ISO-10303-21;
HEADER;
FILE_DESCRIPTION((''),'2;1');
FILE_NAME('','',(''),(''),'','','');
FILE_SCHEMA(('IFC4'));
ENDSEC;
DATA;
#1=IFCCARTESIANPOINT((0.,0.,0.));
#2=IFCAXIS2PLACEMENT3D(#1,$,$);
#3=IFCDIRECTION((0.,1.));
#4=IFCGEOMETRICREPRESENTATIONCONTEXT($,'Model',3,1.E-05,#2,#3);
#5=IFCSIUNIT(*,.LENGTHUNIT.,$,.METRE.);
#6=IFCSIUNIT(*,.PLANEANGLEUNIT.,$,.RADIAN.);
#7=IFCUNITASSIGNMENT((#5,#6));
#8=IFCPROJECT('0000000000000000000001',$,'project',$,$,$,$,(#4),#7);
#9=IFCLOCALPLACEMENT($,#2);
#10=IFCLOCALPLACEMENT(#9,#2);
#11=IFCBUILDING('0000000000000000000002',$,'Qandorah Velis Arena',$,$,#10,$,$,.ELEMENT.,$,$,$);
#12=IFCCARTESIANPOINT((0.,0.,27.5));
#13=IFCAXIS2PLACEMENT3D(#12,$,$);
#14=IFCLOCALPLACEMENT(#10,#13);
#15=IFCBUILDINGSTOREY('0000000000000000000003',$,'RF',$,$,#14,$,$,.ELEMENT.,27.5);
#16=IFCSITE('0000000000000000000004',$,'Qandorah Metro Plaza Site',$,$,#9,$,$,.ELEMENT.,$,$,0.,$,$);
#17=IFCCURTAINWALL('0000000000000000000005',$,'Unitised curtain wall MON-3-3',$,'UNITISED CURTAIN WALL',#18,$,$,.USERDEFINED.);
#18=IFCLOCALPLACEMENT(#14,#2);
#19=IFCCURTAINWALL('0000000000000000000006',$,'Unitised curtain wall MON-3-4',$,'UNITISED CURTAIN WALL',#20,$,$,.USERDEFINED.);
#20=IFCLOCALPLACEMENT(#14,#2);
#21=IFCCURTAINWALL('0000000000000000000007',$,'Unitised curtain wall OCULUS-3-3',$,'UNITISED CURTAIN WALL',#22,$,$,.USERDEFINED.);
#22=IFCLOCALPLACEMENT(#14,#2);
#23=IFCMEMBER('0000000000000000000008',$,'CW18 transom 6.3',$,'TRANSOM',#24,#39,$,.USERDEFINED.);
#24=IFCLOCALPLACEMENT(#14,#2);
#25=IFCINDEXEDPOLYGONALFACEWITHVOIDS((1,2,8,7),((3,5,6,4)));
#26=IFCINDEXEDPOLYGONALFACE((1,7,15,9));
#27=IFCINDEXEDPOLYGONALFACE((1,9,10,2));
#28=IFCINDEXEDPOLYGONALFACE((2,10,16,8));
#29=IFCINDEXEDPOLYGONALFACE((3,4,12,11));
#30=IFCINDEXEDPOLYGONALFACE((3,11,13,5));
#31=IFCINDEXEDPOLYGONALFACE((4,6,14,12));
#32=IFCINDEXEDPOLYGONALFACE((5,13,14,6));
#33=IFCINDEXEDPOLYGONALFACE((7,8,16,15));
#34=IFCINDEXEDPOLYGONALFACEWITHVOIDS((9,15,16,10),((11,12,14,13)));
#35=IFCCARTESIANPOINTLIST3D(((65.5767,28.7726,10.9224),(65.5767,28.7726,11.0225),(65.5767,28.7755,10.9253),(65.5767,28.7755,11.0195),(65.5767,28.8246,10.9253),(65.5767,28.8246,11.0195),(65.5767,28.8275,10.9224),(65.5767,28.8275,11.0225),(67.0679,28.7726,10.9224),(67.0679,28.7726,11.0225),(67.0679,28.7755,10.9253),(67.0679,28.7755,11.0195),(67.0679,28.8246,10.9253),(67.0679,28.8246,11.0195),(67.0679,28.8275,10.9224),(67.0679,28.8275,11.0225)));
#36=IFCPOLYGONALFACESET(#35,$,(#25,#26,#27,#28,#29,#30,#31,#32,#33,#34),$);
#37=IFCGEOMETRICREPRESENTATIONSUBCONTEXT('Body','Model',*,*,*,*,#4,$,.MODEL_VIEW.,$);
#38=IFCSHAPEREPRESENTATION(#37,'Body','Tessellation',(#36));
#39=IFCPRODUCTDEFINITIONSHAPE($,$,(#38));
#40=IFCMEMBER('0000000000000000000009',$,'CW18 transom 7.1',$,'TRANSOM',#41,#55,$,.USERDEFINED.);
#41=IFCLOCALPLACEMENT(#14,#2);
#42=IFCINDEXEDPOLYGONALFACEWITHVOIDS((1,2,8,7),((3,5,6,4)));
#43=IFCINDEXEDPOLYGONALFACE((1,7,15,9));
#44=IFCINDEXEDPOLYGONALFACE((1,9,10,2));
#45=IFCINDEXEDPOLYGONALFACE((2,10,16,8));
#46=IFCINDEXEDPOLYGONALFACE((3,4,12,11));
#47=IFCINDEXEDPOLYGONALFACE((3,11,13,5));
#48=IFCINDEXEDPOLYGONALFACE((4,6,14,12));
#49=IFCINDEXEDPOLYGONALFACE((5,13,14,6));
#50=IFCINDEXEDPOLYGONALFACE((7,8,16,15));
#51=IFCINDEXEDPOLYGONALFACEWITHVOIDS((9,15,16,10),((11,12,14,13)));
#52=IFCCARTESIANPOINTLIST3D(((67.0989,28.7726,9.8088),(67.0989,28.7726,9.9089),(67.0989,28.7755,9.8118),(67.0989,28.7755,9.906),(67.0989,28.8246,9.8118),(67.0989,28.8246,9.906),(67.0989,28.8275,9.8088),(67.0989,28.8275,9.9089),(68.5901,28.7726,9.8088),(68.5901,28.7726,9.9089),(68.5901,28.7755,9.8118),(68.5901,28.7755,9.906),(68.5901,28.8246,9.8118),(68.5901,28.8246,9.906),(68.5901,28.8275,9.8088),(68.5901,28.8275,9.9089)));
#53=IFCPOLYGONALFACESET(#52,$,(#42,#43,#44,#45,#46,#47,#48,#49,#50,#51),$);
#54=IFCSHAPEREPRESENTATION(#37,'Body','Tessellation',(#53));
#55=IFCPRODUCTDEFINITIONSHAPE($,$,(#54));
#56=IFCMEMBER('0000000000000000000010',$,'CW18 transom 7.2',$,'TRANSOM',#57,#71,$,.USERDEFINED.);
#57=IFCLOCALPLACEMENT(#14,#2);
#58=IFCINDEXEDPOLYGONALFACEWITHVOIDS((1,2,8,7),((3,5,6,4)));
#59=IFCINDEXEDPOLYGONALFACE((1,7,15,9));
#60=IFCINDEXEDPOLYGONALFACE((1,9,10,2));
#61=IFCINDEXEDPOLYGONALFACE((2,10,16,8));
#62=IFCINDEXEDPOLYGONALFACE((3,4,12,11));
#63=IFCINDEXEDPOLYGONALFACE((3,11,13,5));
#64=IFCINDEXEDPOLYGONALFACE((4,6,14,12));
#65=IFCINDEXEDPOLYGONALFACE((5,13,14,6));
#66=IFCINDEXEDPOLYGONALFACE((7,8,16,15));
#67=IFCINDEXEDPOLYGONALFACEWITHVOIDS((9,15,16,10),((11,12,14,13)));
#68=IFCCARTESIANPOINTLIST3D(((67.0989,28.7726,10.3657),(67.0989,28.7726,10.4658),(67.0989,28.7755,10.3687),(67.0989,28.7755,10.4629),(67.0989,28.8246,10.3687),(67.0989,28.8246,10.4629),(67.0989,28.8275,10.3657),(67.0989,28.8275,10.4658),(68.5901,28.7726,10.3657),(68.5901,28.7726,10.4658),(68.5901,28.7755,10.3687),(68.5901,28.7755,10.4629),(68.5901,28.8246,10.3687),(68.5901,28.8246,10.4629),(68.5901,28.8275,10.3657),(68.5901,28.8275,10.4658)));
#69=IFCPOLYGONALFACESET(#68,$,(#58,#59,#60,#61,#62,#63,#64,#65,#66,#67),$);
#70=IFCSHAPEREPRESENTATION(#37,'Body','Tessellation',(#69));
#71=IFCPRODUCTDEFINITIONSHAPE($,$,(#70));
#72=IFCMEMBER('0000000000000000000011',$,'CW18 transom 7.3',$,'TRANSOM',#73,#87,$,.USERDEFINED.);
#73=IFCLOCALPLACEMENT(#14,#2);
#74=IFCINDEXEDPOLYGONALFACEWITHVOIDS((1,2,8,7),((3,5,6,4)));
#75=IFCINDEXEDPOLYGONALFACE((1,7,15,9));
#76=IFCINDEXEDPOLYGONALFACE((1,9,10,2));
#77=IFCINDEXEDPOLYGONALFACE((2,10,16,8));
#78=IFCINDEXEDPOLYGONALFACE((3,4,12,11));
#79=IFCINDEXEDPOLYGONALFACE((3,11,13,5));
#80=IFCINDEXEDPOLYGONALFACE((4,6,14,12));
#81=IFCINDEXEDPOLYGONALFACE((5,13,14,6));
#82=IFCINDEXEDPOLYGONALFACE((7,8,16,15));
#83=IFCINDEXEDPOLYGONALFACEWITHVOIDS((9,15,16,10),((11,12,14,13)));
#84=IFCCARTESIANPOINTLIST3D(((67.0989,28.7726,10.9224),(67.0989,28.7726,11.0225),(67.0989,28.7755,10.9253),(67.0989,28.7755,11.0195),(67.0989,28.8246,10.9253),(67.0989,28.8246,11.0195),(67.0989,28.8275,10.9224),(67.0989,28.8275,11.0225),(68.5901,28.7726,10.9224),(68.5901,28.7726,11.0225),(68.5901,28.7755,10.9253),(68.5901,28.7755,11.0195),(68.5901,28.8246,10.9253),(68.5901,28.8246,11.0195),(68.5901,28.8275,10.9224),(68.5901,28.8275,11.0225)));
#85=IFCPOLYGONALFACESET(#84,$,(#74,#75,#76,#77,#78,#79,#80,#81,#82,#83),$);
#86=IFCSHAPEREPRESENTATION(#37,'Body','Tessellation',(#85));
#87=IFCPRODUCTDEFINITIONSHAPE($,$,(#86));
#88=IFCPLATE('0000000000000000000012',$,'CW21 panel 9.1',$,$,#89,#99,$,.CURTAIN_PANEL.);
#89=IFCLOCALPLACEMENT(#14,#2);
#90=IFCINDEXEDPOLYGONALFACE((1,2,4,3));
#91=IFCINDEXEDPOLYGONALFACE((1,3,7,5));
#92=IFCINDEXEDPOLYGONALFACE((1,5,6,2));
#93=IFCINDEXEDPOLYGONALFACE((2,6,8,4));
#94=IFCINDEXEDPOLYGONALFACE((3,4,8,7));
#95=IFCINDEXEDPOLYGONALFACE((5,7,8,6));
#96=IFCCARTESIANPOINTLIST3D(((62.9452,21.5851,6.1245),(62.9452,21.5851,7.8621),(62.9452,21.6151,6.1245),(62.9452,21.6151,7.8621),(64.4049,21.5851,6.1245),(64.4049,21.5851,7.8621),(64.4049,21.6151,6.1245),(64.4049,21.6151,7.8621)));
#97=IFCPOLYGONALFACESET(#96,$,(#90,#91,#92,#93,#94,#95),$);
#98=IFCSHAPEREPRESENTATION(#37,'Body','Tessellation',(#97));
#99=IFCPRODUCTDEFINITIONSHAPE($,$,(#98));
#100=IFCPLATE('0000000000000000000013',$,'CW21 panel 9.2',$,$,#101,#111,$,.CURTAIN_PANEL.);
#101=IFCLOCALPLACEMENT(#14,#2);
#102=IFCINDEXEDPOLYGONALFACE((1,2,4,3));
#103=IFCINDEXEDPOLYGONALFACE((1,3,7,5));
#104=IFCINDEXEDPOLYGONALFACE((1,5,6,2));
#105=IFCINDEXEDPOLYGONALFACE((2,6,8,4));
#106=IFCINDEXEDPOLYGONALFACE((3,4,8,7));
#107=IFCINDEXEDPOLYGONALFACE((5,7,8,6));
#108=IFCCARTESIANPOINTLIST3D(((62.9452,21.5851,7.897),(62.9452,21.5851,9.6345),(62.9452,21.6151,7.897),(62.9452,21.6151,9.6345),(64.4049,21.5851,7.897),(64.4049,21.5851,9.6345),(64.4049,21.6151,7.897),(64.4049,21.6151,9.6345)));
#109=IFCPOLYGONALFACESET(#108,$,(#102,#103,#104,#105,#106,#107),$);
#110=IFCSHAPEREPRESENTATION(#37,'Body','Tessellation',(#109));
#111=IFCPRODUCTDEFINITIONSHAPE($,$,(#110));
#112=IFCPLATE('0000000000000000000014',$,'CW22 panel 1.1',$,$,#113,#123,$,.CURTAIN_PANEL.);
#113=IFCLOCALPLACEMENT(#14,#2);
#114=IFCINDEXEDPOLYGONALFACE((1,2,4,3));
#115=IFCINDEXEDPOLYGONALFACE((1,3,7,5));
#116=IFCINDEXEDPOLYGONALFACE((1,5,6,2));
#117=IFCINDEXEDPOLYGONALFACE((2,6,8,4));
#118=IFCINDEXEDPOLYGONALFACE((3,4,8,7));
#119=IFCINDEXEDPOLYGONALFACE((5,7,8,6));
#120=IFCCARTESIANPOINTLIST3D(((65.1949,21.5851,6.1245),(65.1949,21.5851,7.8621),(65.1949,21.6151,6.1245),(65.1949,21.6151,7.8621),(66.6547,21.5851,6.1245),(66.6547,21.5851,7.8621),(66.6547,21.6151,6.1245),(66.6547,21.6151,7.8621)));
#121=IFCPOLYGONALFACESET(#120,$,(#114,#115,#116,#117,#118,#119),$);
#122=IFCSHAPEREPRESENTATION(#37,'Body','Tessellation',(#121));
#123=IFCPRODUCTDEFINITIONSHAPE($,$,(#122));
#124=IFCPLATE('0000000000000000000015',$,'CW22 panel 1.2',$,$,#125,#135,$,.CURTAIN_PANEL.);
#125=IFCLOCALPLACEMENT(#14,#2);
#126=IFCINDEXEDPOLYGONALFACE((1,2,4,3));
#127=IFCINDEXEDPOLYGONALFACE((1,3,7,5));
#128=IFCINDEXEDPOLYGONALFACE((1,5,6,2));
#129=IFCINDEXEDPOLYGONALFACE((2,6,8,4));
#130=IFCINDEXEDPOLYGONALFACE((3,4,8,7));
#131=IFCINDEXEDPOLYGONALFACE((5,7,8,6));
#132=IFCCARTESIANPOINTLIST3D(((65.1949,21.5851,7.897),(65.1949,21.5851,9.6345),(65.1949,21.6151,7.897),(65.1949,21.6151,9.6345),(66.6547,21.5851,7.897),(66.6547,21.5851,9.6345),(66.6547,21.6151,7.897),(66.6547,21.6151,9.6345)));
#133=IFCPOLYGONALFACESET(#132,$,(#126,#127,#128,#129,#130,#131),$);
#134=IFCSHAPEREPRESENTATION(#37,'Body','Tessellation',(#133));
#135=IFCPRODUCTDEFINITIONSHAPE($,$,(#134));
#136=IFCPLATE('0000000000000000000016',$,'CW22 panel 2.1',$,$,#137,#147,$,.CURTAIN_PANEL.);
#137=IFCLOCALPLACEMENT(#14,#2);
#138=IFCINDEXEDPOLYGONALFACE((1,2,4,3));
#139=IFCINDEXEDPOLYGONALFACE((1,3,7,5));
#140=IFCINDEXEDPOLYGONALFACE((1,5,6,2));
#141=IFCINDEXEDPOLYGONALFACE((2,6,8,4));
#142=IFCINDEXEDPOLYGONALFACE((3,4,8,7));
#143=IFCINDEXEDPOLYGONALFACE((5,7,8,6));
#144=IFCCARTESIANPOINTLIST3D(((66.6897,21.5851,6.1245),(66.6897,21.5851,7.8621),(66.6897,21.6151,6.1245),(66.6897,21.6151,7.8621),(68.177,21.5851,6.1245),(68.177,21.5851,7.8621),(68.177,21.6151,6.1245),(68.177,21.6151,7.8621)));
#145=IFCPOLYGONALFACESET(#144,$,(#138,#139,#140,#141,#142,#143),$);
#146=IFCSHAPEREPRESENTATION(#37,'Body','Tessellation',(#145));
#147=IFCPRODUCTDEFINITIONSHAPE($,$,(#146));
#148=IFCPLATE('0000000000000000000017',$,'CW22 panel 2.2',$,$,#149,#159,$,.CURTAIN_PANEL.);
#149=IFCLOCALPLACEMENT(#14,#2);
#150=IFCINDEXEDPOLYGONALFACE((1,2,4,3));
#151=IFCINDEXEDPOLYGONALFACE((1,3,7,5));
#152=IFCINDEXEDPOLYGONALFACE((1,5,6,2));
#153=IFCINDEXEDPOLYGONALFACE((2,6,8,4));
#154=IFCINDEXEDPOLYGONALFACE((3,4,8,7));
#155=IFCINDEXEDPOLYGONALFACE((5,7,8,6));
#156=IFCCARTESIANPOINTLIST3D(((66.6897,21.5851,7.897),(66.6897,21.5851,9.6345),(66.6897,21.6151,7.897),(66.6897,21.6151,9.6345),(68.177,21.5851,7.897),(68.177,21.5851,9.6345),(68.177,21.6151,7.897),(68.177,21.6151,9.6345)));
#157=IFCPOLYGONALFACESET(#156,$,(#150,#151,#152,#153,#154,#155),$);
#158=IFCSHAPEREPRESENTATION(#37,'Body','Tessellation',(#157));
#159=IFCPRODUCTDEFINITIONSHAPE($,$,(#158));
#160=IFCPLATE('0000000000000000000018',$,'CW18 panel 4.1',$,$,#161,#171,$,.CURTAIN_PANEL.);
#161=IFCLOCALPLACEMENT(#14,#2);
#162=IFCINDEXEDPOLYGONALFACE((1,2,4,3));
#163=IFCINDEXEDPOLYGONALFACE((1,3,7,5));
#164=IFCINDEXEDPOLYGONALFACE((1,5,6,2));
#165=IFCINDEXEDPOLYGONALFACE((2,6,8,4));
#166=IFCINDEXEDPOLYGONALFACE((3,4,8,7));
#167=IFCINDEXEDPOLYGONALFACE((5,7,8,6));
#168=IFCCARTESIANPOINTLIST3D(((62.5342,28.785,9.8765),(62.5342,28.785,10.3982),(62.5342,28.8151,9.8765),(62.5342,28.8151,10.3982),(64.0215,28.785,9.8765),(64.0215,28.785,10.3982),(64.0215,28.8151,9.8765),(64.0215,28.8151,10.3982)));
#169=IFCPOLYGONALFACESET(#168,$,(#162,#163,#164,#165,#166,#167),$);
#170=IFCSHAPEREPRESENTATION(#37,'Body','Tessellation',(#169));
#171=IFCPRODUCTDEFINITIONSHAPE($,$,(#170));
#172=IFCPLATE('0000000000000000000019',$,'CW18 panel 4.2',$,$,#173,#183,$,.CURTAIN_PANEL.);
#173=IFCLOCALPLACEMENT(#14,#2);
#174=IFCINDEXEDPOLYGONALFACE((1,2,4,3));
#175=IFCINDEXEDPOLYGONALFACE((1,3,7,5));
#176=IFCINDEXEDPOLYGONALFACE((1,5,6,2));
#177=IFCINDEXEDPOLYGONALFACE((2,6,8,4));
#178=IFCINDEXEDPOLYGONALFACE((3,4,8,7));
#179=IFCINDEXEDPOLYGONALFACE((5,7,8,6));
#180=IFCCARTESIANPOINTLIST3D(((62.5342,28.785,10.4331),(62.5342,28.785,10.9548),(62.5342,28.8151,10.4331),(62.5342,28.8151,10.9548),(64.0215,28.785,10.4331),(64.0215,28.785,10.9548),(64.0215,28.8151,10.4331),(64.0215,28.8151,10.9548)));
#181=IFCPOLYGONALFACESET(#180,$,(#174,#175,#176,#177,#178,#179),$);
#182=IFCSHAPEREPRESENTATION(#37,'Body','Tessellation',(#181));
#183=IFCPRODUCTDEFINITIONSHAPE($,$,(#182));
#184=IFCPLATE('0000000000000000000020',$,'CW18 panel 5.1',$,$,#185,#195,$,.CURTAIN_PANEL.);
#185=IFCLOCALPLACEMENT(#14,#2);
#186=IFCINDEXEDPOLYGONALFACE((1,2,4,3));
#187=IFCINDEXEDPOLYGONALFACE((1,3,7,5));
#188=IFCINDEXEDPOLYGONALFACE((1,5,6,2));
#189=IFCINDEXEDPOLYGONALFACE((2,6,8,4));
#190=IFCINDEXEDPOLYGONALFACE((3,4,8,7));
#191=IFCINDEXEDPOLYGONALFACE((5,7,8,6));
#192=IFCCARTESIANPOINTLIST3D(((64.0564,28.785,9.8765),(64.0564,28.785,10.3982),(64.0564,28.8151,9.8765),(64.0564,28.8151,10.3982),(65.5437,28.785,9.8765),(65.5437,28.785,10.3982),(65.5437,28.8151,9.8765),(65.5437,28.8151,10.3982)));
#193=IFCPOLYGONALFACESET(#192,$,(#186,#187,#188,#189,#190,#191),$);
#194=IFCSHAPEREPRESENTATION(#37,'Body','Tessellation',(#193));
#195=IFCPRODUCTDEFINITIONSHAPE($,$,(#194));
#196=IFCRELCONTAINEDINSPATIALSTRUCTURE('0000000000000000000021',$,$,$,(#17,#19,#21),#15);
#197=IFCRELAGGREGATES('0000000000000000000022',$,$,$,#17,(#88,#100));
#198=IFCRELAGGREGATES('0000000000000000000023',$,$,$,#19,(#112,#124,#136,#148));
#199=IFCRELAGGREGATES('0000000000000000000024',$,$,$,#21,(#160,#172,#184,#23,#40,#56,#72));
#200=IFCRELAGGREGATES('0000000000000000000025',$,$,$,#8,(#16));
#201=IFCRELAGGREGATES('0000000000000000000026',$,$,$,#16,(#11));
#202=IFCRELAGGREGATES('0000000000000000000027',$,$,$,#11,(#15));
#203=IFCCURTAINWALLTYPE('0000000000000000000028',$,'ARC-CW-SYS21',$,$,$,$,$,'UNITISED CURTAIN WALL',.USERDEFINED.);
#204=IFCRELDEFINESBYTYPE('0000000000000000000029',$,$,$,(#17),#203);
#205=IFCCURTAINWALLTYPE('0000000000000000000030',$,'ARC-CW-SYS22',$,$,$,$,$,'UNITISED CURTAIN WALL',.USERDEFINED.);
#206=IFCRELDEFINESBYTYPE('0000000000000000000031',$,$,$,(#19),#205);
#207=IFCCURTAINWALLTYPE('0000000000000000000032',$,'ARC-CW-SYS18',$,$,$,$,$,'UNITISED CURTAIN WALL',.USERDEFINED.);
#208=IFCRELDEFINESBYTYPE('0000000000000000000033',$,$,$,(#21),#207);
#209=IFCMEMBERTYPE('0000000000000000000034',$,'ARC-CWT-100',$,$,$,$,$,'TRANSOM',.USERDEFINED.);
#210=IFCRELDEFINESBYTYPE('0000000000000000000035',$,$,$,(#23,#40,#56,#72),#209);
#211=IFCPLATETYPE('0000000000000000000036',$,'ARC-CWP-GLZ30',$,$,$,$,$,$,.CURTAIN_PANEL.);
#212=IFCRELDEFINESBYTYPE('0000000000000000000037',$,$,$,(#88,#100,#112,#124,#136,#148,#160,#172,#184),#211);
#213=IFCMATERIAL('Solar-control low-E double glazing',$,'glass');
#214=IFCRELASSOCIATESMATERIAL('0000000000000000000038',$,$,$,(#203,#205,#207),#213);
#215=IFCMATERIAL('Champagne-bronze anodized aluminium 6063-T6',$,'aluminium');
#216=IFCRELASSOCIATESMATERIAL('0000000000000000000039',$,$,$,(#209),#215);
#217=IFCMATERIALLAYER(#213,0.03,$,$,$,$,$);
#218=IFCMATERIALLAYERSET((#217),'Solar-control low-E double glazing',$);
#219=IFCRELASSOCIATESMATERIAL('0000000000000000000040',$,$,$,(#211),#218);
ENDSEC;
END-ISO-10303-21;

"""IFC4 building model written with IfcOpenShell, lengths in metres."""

from ifc_helpers import new_model, si_unit, direction, frame, origin, origin_2d, place, context, subcontext, project, spatial, rectangle, hollow_rectangle, extrude, material, layer, layer_set, material_profile, profile_set, type_object, element, aggregate, save


model = new_model("IFC4")

# Units and contexts
model_context = context("Model", 3, precision=1e-05, world=origin(), true_north=direction((0.0, 1.0)))
body_context = subcontext(model_context, "Body", "Model", "MODEL_VIEW")
ifc_project = project(units=[si_unit("LENGTHUNIT", "METRE"), si_unit("PLANEANGLEUNIT", "RADIAN")], contexts=[model_context])

# Site, building, storey
site_placement = place(None, origin())
site = spatial("IfcSite", under=ifc_project, at=site_placement, Name="Qandorah Metro Plaza Site", CompositionType="ELEMENT", RefElevation=0.0)
building_placement = place(site_placement, origin())
building = spatial("IfcBuilding", under=site, at=building_placement, Name="Qandorah Velis Arena", CompositionType="ELEMENT")
storey_placement = place(building_placement, frame((0.0, 0.0, 27.5)))
storey = spatial("IfcBuildingStorey", under=building, at=storey_placement, Name="RF", CompositionType="ELEMENT", Elevation=27.5)

# Curtain wall
ifc_material_1 = material(Name="Solar-control low-E double glazing", Category="glass")
curtain_wall_type_1 = type_object("IfcCurtainWallType", Name="ARC-CW-SYS21", ElementType="UNITISED CURTAIN WALL", PredefinedType="USERDEFINED", material=ifc_material_1)
curtain_wall_1_placement = place(storey_placement, origin())
curtain_wall_1 = element("IfcCurtainWall", 1, at=curtain_wall_1_placement, inside=storey, type_object=curtain_wall_type_1, Name="Unitised curtain wall MON-3-3", ObjectType="UNITISED CURTAIN WALL", PredefinedType="USERDEFINED")
ifc_material_2 = material(Name="Champagne-bronze anodized aluminium 6063-T6", Category="aluminium")

# Curtain walls
curtain_wall_type_2 = type_object("IfcCurtainWallType", Name="ARC-CW-SYS22", ElementType="UNITISED CURTAIN WALL", PredefinedType="USERDEFINED", material=ifc_material_1)
curtain_wall_2_placement = place(storey_placement, origin())
curtain_wall_2 = element("IfcCurtainWall", 2, at=curtain_wall_2_placement, inside=storey, type_object=curtain_wall_type_2, Name="Unitised curtain wall MON-3-4", ObjectType="UNITISED CURTAIN WALL", PredefinedType="USERDEFINED")
curtain_wall_type_3 = type_object("IfcCurtainWallType", Name="ARC-CW-SYS18", ElementType="UNITISED CURTAIN WALL", PredefinedType="USERDEFINED", material=ifc_material_1)
curtain_wall_3_placement = place(storey_placement, origin())
curtain_wall_3 = element("IfcCurtainWall", 3, at=curtain_wall_3_placement, inside=storey, type_object=curtain_wall_type_3, Name="Unitised curtain wall OCULUS-3-3", ObjectType="UNITISED CURTAIN WALL", PredefinedType="USERDEFINED")

# Members
ifc_material_profile_1 = material_profile(ifc_material_2, hollow_rectangle(XDim=0.0549, YDim=0.1001, WallThickness=0.0029, at=origin_2d()), Name="ALU TRANSOM 55x100")
ifc_profile_set_1 = profile_set([ifc_material_profile_1], Name="Champagne-bronze anodized aluminium 6063-T6")
member_type_1 = type_object("IfcMemberType", Name="ARC-CWT-100", ElementType="TRANSOM", PredefinedType="USERDEFINED", material=ifc_profile_set_1)
member_1_placement = place(storey_placement, frame((65.5767, 28.8, 10.9724), z_axis=(1.0, 0.0, 0.0), x_axis=(0.0, 1.0, 0.0)))
member_1 = element("IfcMember", 4, at=member_1_placement, type_object=member_type_1, Name="CW18 transom 6.3", ObjectType="TRANSOM", PredefinedType="USERDEFINED", context=body_context, shape_type="SweptSolid", body=[
    extrude(hollow_rectangle(XDim=0.0549, YDim=0.1001, WallThickness=0.0029, at=origin_2d()), origin(), (0.0, 0.0, 1.0), 1.4912),
])
member_2_placement = place(storey_placement, frame((67.0989, 28.8, 9.8589), z_axis=(1.0, 0.0, 0.0), x_axis=(0.0, 1.0, 0.0)))
member_2 = element("IfcMember", 5, at=member_2_placement, type_object=member_type_1, Name="CW18 transom 7.1", ObjectType="TRANSOM", PredefinedType="USERDEFINED", context=body_context, shape_type="SweptSolid", body=[
    extrude(hollow_rectangle(XDim=0.0549, YDim=0.1001, WallThickness=0.0029, at=origin_2d()), origin(), (0.0, 0.0, 1.0), 1.4912),
])
member_3_placement = place(storey_placement, frame((67.0989, 28.8, 10.4158), z_axis=(1.0, 0.0, 0.0), x_axis=(0.0, 1.0, 0.0)))
member_3 = element("IfcMember", 6, at=member_3_placement, type_object=member_type_1, Name="CW18 transom 7.2", ObjectType="TRANSOM", PredefinedType="USERDEFINED", context=body_context, shape_type="SweptSolid", body=[
    extrude(hollow_rectangle(XDim=0.0549, YDim=0.1001, WallThickness=0.0029, at=origin_2d()), origin(), (0.0, 0.0, 1.0), 1.4912),
])
member_4_placement = place(storey_placement, frame((67.0989, 28.8, 10.9724), z_axis=(1.0, 0.0, 0.0), x_axis=(0.0, 1.0, 0.0)))
member_4 = element("IfcMember", 7, at=member_4_placement, type_object=member_type_1, Name="CW18 transom 7.3", ObjectType="TRANSOM", PredefinedType="USERDEFINED", context=body_context, shape_type="SweptSolid", body=[
    extrude(hollow_rectangle(XDim=0.0549, YDim=0.1001, WallThickness=0.0029, at=origin_2d()), origin(), (0.0, 0.0, 1.0), 1.4912),
])

# Plates
ifc_layer = layer(ifc_material_1, 0.03)
ifc_layer_set = layer_set([ifc_layer], Name="Solar-control low-E double glazing")
plate_type = type_object("IfcPlateType", Name="ARC-CWP-GLZ30", PredefinedType="CURTAIN_PANEL", material=ifc_layer_set)
plate_1_placement = place(storey_placement, frame((63.675, 21.6001, 6.1245), z_axis=(0.0, 0.0, 1.0), x_axis=(1.0, 0.0, 0.0)))
plate_1 = element("IfcPlate", 8, at=plate_1_placement, type_object=plate_type, Name="CW21 panel 9.1", PredefinedType="CURTAIN_PANEL", context=body_context, shape_type="SweptSolid", body=[
    extrude(rectangle(XDim=1.4597, YDim=0.03, at=origin_2d()), origin(), (0.0, 0.0, 1.0), 1.7375),
])
plate_2_placement = place(storey_placement, frame((63.675, 21.6001, 7.897), z_axis=(0.0, 0.0, 1.0), x_axis=(1.0, 0.0, 0.0)))
plate_2 = element("IfcPlate", 9, at=plate_2_placement, type_object=plate_type, Name="CW21 panel 9.2", PredefinedType="CURTAIN_PANEL", context=body_context, shape_type="SweptSolid", body=[
    extrude(rectangle(XDim=1.4597, YDim=0.03, at=origin_2d()), origin(), (0.0, 0.0, 1.0), 1.7375),
])
aggregate(curtain_wall_1, [plate_1, plate_2])
plate_3_placement = place(storey_placement, frame((65.9248, 21.6001, 6.1245), z_axis=(0.0, 0.0, 1.0), x_axis=(1.0, 0.0, 0.0)))
plate_3 = element("IfcPlate", 10, at=plate_3_placement, type_object=plate_type, Name="CW22 panel 1.1", PredefinedType="CURTAIN_PANEL", context=body_context, shape_type="SweptSolid", body=[
    extrude(rectangle(XDim=1.4597, YDim=0.03, at=origin_2d()), origin(), (0.0, 0.0, 1.0), 1.7375),
])
plate_4_placement = place(storey_placement, frame((65.9248, 21.6001, 7.897), z_axis=(0.0, 0.0, 1.0), x_axis=(1.0, 0.0, 0.0)))
plate_4 = element("IfcPlate", 11, at=plate_4_placement, type_object=plate_type, Name="CW22 panel 1.2", PredefinedType="CURTAIN_PANEL", context=body_context, shape_type="SweptSolid", body=[
    extrude(rectangle(XDim=1.4597, YDim=0.03, at=origin_2d()), origin(), (0.0, 0.0, 1.0), 1.7375),
])
plate_5_placement = place(storey_placement, frame((67.4333, 21.6001, 6.1245), z_axis=(0.0, 0.0, 1.0), x_axis=(1.0, 0.0, 0.0)))
plate_5 = element("IfcPlate", 12, at=plate_5_placement, type_object=plate_type, Name="CW22 panel 2.1", PredefinedType="CURTAIN_PANEL", context=body_context, shape_type="SweptSolid", body=[
    extrude(rectangle(XDim=1.4873, YDim=0.03, at=origin_2d()), origin(), (0.0, 0.0, 1.0), 1.7375),
])
plate_6_placement = place(storey_placement, frame((67.4333, 21.6001, 7.897), z_axis=(0.0, 0.0, 1.0), x_axis=(1.0, 0.0, 0.0)))
plate_6 = element("IfcPlate", 13, at=plate_6_placement, type_object=plate_type, Name="CW22 panel 2.2", PredefinedType="CURTAIN_PANEL", context=body_context, shape_type="SweptSolid", body=[
    extrude(rectangle(XDim=1.4873, YDim=0.03, at=origin_2d()), origin(), (0.0, 0.0, 1.0), 1.7375),
])
aggregate(curtain_wall_2, [plate_3, plate_4, plate_5, plate_6])
plate_7_placement = place(storey_placement, frame((63.2778, 28.8, 9.8765), z_axis=(0.0, 0.0, 1.0), x_axis=(1.0, 0.0, 0.0)))
plate_7 = element("IfcPlate", 14, at=plate_7_placement, type_object=plate_type, Name="CW18 panel 4.1", PredefinedType="CURTAIN_PANEL", context=body_context, shape_type="SweptSolid", body=[
    extrude(rectangle(XDim=1.4873, YDim=0.03, at=origin_2d()), origin(), (0.0, 0.0, 1.0), 0.5217),
])
plate_8_placement = place(storey_placement, frame((63.2778, 28.8, 10.4331), z_axis=(0.0, 0.0, 1.0), x_axis=(1.0, 0.0, 0.0)))
plate_8 = element("IfcPlate", 15, at=plate_8_placement, type_object=plate_type, Name="CW18 panel 4.2", PredefinedType="CURTAIN_PANEL", context=body_context, shape_type="SweptSolid", body=[
    extrude(rectangle(XDim=1.4873, YDim=0.03, at=origin_2d()), origin(), (0.0, 0.0, 1.0), 0.5217),
])
plate_9_placement = place(storey_placement, frame((64.8, 28.8, 9.8765), z_axis=(0.0, 0.0, 1.0), x_axis=(1.0, 0.0, 0.0)))
plate_9 = element("IfcPlate", 16, at=plate_9_placement, type_object=plate_type, Name="CW18 panel 5.1", PredefinedType="CURTAIN_PANEL", context=body_context, shape_type="SweptSolid", body=[
    extrude(rectangle(XDim=1.4873, YDim=0.03, at=origin_2d()), origin(), (0.0, 0.0, 1.0), 0.5217),
])
aggregate(curtain_wall_3, [plate_7, plate_8, plate_9, member_1, member_2, member_3, member_4])

save(model, "model.ifc")
